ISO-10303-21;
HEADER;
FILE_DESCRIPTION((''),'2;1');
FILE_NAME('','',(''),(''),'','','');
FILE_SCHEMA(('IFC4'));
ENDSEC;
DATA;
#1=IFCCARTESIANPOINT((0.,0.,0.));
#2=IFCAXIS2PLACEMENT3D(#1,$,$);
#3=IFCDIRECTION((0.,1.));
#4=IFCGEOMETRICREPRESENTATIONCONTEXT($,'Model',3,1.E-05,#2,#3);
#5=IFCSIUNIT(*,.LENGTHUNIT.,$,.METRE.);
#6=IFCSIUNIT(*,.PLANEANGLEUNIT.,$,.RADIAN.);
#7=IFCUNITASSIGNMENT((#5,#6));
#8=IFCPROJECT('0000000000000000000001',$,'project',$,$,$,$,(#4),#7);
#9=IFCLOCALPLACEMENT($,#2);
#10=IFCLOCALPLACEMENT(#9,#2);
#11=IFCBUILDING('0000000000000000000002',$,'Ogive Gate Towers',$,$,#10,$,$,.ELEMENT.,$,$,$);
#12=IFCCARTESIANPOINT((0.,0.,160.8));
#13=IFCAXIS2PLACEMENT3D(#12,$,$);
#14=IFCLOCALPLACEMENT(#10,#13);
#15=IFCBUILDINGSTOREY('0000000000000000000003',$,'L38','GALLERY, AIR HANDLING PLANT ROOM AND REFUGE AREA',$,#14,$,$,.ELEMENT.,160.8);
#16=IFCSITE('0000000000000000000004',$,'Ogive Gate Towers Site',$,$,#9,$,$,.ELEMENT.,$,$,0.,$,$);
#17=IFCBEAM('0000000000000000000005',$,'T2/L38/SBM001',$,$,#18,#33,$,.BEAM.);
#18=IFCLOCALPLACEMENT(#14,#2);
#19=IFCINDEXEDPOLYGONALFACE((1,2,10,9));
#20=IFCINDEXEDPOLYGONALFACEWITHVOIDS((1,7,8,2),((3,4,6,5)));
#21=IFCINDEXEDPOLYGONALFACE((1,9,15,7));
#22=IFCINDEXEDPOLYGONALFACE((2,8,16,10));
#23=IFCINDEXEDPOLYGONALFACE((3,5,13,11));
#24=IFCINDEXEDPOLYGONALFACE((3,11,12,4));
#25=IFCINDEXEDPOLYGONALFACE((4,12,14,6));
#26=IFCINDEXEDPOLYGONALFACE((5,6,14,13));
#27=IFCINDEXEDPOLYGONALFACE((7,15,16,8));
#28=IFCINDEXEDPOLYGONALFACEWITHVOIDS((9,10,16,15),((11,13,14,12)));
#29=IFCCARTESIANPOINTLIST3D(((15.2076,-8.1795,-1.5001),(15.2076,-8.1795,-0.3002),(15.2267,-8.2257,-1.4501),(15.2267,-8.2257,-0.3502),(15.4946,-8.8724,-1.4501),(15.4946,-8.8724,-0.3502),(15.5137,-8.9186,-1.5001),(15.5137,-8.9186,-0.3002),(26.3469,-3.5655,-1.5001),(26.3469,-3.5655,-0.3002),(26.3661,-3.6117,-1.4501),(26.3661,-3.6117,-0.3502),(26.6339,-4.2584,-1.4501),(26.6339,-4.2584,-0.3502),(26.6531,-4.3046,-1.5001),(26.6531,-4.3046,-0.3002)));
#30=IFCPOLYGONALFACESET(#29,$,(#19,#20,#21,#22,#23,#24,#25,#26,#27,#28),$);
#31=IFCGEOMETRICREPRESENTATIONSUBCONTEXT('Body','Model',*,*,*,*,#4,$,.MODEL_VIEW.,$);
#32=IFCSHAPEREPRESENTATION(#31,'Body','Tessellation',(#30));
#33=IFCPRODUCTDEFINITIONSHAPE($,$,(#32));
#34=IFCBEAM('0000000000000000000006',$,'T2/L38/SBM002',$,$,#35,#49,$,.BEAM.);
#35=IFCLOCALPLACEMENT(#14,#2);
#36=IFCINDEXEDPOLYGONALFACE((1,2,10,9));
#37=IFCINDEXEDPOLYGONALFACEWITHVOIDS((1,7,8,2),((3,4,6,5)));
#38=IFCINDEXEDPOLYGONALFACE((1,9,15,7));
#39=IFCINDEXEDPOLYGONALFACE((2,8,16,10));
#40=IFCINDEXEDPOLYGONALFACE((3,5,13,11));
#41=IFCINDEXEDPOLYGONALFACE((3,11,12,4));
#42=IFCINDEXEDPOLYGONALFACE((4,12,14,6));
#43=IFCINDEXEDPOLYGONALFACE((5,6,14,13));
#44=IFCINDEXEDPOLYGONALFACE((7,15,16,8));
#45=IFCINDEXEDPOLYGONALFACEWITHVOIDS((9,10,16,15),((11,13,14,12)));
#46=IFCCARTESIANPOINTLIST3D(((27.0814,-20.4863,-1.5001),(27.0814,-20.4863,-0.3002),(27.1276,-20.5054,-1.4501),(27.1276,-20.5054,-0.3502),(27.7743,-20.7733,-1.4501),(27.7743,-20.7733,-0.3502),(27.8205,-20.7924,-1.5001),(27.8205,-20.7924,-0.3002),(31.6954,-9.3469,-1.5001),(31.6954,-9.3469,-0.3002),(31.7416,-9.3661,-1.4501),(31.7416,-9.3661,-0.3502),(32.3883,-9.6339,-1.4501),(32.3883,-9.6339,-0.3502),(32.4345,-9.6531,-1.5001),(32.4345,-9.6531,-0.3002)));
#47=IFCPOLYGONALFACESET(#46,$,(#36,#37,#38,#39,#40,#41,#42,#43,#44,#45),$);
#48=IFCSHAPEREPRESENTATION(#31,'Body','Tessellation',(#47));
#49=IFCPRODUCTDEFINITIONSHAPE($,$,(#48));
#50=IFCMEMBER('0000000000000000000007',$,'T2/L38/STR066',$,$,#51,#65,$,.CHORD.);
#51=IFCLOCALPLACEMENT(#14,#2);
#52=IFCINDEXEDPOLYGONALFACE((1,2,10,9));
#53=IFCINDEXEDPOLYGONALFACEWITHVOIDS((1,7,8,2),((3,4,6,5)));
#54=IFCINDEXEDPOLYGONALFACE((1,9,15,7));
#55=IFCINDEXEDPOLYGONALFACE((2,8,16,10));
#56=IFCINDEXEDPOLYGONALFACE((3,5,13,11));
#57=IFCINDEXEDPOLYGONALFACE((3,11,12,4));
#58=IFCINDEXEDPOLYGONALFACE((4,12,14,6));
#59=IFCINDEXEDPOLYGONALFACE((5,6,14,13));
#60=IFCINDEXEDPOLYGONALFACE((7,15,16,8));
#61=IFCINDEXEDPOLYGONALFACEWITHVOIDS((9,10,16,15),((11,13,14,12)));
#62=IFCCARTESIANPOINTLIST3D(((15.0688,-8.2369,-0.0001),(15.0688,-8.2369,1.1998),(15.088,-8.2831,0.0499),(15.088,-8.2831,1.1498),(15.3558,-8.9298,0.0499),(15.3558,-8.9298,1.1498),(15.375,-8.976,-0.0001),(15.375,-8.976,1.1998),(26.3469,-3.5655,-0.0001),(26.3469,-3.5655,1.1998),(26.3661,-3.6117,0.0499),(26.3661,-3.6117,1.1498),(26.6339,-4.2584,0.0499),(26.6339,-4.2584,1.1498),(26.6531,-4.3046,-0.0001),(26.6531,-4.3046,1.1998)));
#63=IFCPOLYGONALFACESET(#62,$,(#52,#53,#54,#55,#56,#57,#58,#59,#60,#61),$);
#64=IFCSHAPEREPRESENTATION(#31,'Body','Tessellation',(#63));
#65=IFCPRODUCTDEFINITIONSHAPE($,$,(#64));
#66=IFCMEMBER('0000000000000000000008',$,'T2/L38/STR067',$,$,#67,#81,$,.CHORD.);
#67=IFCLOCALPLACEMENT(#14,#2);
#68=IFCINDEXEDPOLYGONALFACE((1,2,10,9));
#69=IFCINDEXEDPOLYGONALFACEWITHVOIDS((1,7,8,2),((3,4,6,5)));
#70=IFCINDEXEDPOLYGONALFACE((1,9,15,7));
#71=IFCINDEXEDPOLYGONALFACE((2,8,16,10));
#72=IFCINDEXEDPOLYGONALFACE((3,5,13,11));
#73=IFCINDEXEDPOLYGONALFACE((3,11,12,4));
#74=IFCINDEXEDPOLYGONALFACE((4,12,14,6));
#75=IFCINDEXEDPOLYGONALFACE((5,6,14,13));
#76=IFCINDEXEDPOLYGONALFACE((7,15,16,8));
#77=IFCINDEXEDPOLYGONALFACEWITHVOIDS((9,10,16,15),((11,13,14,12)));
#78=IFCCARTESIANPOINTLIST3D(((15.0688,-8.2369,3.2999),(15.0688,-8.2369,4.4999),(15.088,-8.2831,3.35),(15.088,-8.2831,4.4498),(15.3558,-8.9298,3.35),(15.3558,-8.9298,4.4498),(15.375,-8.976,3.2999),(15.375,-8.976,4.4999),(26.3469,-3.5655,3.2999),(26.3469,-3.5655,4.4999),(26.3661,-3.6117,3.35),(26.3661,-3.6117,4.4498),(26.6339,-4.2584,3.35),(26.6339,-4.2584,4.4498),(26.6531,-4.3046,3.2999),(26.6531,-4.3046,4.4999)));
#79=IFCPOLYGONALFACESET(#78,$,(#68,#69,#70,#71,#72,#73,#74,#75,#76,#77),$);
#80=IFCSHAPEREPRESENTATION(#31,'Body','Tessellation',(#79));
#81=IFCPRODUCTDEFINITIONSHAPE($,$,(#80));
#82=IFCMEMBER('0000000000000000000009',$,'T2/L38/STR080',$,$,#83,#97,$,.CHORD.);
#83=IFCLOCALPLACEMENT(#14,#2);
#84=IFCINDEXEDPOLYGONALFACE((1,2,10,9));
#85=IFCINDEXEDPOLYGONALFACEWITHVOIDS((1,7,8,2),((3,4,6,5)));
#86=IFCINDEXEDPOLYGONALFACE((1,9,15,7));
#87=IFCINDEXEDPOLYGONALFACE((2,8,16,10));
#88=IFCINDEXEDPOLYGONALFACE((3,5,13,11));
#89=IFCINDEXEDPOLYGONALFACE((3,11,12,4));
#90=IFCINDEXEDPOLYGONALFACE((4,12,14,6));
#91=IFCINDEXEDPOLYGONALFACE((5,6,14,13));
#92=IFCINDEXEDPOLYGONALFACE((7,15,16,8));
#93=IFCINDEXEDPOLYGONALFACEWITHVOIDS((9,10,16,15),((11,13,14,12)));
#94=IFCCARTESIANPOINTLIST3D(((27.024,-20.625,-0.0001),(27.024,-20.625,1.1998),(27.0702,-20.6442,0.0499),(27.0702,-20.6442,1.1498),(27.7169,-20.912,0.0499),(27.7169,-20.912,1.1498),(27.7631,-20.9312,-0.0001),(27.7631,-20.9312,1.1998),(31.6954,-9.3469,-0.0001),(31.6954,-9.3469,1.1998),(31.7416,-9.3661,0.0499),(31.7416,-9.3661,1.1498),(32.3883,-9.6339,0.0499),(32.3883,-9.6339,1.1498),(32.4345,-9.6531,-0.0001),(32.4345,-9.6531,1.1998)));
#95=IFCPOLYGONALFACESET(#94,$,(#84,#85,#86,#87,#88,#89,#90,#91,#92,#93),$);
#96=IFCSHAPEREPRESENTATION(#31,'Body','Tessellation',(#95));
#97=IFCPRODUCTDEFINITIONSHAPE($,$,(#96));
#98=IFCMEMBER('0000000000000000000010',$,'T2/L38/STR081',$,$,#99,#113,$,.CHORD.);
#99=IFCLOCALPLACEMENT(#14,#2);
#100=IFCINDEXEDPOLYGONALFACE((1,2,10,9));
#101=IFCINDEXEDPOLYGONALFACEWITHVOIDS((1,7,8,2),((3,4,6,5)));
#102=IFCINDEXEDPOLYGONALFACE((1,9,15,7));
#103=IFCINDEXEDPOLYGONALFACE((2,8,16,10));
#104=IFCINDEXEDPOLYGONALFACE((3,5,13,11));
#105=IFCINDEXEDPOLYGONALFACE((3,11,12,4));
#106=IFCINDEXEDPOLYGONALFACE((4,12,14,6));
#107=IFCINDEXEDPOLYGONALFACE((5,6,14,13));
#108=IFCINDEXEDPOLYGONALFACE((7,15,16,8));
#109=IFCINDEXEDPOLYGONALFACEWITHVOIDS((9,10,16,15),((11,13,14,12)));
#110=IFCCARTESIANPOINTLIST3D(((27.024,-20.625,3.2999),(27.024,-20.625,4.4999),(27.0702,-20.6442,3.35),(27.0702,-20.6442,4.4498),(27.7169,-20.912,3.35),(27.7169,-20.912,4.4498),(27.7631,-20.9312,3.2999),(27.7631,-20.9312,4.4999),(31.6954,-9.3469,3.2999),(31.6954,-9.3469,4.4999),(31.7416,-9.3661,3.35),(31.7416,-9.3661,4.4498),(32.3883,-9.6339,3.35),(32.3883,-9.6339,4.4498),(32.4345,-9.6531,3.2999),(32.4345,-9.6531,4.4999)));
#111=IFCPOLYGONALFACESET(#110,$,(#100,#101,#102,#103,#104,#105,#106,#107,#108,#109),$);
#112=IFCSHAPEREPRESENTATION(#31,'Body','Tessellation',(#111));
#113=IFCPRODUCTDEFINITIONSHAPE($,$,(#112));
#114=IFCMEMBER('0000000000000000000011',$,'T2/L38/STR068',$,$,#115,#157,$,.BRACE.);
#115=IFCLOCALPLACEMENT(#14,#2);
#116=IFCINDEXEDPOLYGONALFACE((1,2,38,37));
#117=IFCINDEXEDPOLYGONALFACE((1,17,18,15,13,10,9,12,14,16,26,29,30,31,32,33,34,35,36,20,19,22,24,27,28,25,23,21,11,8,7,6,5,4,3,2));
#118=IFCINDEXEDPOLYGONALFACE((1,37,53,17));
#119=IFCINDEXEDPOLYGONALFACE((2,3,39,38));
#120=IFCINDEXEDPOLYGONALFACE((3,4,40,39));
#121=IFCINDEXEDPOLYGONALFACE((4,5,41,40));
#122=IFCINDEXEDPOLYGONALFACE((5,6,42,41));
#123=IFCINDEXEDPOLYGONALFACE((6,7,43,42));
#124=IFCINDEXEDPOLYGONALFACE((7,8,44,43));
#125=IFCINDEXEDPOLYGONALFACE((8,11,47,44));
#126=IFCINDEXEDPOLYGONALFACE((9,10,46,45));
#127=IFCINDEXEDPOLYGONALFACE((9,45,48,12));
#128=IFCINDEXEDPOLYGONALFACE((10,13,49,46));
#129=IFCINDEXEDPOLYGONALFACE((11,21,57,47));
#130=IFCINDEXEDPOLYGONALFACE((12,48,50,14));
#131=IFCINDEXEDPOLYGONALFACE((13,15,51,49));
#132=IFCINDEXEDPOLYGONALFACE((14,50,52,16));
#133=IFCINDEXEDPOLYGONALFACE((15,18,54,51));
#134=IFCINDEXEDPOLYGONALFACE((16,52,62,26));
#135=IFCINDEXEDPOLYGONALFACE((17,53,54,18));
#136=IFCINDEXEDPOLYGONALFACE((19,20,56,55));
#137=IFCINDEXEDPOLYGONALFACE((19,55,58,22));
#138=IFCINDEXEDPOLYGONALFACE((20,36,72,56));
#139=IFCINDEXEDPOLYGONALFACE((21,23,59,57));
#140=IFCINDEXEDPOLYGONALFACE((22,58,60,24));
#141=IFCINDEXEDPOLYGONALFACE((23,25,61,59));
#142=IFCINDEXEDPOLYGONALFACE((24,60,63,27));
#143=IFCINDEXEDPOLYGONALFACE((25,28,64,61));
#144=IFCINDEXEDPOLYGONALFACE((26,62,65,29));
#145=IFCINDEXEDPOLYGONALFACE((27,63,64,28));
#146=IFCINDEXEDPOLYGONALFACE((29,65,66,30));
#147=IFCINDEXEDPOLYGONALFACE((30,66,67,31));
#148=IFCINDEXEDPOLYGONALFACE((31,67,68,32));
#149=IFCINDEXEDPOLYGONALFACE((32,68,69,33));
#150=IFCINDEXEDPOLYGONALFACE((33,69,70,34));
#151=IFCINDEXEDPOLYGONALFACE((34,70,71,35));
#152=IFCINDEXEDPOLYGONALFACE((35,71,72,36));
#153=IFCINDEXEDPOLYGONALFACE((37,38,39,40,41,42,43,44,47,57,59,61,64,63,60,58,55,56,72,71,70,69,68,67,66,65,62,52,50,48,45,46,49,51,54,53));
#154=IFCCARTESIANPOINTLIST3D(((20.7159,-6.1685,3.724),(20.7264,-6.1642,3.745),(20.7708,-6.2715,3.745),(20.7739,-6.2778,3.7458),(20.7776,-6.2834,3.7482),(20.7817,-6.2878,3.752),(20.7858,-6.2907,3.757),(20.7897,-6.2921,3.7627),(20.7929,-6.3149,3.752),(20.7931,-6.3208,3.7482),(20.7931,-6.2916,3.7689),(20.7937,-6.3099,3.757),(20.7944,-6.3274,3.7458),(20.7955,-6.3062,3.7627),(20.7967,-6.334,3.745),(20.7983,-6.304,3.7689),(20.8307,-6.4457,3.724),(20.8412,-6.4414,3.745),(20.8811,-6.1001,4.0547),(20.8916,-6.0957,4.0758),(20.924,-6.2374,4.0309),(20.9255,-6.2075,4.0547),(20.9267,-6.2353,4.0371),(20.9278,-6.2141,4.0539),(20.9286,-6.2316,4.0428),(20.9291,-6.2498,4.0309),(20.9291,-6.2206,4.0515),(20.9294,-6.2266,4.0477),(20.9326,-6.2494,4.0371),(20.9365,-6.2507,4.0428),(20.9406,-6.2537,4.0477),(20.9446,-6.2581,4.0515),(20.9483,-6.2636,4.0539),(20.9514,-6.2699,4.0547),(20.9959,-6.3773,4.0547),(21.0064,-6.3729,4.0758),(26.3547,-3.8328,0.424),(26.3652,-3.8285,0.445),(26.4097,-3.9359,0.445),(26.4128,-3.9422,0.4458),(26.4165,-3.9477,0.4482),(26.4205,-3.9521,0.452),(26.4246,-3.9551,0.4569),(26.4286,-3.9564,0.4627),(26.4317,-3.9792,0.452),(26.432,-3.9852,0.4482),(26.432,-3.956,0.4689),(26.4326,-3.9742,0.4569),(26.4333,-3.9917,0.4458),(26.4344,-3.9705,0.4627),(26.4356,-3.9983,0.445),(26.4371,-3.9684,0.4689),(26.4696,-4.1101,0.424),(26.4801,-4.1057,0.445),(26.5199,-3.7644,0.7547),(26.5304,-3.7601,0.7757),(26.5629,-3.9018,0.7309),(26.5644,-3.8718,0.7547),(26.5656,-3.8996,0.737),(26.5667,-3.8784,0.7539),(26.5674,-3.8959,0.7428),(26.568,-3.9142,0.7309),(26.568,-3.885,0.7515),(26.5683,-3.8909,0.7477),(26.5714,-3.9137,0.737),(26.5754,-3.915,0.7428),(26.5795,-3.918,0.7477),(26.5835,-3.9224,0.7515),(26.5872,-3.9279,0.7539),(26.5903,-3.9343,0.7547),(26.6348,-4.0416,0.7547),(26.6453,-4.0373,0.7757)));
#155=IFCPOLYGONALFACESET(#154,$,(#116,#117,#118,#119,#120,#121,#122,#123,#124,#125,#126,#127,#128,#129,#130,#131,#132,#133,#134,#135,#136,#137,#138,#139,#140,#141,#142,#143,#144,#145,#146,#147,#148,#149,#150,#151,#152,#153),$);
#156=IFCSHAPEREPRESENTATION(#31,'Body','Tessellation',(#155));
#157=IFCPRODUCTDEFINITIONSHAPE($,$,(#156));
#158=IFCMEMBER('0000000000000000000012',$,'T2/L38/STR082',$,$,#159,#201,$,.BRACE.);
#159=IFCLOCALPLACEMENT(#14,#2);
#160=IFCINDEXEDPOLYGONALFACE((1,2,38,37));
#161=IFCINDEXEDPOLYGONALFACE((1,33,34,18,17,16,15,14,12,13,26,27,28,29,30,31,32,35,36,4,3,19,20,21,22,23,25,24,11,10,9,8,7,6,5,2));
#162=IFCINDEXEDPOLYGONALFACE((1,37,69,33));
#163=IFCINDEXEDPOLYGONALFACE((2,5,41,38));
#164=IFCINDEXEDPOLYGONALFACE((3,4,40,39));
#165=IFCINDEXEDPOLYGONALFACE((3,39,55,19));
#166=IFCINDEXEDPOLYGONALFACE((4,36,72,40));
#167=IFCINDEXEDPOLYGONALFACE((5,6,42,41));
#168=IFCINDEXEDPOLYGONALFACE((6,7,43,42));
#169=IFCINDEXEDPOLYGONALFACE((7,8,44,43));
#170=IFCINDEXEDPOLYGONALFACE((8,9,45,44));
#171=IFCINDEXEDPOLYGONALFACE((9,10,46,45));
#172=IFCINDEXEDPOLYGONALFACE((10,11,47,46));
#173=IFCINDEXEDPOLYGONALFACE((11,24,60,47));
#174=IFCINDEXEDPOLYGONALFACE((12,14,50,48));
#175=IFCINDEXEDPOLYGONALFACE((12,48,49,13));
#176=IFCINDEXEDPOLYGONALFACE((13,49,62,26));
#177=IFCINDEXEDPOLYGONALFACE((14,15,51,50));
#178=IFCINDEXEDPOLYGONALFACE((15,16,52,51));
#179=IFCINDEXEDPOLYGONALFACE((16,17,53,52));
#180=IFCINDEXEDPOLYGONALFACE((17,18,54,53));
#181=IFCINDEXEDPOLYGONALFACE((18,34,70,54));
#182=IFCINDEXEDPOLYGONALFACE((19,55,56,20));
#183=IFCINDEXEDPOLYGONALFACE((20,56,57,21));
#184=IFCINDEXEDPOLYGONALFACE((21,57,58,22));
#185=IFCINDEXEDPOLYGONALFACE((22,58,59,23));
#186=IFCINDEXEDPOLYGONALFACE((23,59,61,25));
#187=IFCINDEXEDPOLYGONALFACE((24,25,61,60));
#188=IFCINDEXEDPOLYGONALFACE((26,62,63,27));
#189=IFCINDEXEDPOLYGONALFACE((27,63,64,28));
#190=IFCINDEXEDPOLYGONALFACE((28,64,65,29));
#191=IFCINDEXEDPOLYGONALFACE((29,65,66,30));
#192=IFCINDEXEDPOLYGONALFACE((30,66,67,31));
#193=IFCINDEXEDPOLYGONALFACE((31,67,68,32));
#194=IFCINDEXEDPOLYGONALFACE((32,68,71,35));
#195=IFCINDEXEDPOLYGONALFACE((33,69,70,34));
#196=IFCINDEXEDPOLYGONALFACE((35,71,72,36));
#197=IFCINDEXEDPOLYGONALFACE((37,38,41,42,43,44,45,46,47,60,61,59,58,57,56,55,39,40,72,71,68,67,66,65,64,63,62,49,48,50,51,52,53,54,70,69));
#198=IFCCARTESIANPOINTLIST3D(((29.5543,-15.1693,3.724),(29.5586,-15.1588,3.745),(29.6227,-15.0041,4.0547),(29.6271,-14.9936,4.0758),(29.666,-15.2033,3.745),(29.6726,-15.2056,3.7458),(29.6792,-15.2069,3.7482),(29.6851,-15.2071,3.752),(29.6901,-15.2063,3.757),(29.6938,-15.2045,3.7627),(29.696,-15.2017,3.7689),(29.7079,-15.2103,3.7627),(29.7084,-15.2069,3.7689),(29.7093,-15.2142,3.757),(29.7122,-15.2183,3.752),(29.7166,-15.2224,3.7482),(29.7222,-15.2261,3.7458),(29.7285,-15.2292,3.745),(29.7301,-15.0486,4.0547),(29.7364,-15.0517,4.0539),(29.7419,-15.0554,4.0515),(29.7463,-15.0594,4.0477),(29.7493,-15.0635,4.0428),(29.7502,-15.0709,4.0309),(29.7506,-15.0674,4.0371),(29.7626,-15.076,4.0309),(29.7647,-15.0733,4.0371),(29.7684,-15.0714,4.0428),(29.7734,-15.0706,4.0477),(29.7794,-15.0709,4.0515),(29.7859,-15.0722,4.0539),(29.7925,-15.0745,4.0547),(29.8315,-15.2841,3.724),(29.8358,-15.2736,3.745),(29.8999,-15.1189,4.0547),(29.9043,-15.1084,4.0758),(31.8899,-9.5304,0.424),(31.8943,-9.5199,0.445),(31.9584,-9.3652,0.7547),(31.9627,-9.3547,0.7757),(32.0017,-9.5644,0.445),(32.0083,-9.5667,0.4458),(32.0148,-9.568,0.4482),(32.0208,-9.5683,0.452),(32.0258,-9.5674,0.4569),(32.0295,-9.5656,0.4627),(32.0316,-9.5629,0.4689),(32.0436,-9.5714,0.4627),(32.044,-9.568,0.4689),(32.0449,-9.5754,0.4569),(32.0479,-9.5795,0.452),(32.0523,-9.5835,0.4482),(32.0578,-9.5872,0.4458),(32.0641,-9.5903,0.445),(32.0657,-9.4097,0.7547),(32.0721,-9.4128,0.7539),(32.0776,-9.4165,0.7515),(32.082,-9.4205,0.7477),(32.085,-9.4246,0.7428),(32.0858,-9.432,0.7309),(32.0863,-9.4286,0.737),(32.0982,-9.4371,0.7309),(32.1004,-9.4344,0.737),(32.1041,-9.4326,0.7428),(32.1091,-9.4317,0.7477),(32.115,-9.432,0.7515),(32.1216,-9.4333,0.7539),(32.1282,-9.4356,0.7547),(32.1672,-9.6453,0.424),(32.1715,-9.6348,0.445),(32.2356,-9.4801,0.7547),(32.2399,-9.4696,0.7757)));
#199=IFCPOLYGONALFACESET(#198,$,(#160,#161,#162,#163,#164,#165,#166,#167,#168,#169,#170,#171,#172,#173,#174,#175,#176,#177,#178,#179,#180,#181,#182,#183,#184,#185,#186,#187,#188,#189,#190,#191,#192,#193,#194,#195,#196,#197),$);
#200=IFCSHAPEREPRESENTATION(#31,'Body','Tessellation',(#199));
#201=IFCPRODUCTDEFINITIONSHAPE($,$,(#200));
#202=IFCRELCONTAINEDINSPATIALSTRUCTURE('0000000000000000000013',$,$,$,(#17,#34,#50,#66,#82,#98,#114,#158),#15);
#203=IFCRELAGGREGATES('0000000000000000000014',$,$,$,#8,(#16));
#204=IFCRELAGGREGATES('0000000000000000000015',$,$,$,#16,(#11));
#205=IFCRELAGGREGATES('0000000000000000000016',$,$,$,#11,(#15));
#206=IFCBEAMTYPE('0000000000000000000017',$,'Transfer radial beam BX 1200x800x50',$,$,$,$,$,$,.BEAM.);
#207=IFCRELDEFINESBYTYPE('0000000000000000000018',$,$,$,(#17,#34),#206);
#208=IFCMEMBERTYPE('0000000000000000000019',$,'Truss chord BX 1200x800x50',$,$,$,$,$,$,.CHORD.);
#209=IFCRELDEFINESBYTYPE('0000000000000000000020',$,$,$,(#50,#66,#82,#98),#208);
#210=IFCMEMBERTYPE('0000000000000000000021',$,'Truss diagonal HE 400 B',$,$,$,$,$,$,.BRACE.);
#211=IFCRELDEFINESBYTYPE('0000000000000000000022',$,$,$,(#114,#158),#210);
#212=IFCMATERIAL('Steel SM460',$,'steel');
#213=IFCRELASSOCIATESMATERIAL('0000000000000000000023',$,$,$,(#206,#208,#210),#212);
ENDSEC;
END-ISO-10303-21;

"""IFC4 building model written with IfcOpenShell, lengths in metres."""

from ifc_helpers import new_model, si_unit, direction, frame, origin, origin_2d, place, context, subcontext, project, spatial, hollow_rectangle, i_section, extrude, material, material_profile, profile_set, type_object, element, save


model = new_model("IFC4")

# Units and contexts
model_context = context("Model", 3, precision=1e-05, world=origin(), true_north=direction((0.0, 1.0)))
body_context = subcontext(model_context, "Body", "Model", "MODEL_VIEW")
ifc_project = project(units=[si_unit("LENGTHUNIT", "METRE"), si_unit("PLANEANGLEUNIT", "RADIAN")], contexts=[model_context])

# Site, building, storey
site_placement = place(None, origin())
site = spatial("IfcSite", under=ifc_project, at=site_placement, Name="Ogive Gate Towers Site", CompositionType="ELEMENT", RefElevation=0.0)
building_placement = place(site_placement, origin())
building = spatial("IfcBuilding", under=site, at=building_placement, Name="Ogive Gate Towers", CompositionType="ELEMENT")
storey_placement = place(building_placement, frame((0.0, 0.0, 160.8)))
storey = spatial("IfcBuildingStorey", under=building, at=storey_placement, Name="L38", Description="GALLERY, AIR HANDLING PLANT ROOM AND REFUGE AREA", CompositionType="ELEMENT", Elevation=160.8)

# Beams
ifc_material_1 = material(Name="Steel SM460", Category="steel")
ifc_material_profile_1 = material_profile(ifc_material_1, hollow_rectangle(XDim=0.8, YDim=1.2, WallThickness=0.05, at=origin_2d()), Name="BX 1200x800x50")
ifc_profile_set_1 = profile_set([ifc_material_profile_1], Name="Steel SM460")
beam_type = type_object("IfcBeamType", Name="Transfer radial beam BX 1200x800x50", PredefinedType="BEAM", material=ifc_profile_set_1)
for number, where, z_axis, x_axis, name in (
    (1, (26.5, -3.9351, -0.9001), (-0.923882, -0.382678, 0.0), (0.382678, -0.923882, 0.0), "T2/L38/SBM001"),
    (2, (32.0649, -9.5, -0.9001), (-0.382678, -0.923882, 0.0), (0.923882, -0.382678, 0.0), "T2/L38/SBM002"),
):
    element("IfcBeam", number, at=place(storey_placement, frame(where, z_axis=z_axis, x_axis=x_axis)), inside=storey, type_object=beam_type, Name=name, PredefinedType="BEAM", context=body_context, shape_type="SweptSolid", body=[
        extrude(hollow_rectangle(XDim=0.8, YDim=1.2, WallThickness=0.05, at=origin_2d()), origin(), (0.0, 0.0, 1.0), 12.0571),
    ])

# Members
ifc_material_profile_2 = material_profile(ifc_material_1, hollow_rectangle(XDim=0.8, YDim=1.2, WallThickness=0.05, at=origin_2d()), Name="BX 1200x800x50")
ifc_profile_set_2 = profile_set([ifc_material_profile_2], Name="Steel SM460")
member_type_1 = type_object("IfcMemberType", Name="Truss chord BX 1200x800x50", PredefinedType="CHORD", material=ifc_profile_set_2)
for number, where, z_axis, x_axis, name in (
    (3, (26.5, -3.9351, 0.5999), (-0.923884, -0.382673, 0.0), (0.382673, -0.923884, 0.0), "T2/L38/STR066"),
    (4, (26.5, -3.9351, 3.8999), (-0.923884, -0.382673, 0.0), (0.382673, -0.923884, 0.0), "T2/L38/STR067"),
    (5, (32.0649, -9.5, 0.5999), (-0.382673, -0.923884, 0.0), (0.923884, -0.382673, 0.0), "T2/L38/STR080"),
    (6, (32.0649, -9.5, 3.8999), (-0.382673, -0.923884, 0.0), (0.923884, -0.382673, 0.0), "T2/L38/STR081"),
):
    element("IfcMember", number, at=place(storey_placement, frame(where, z_axis=z_axis, x_axis=x_axis)), inside=storey, type_object=member_type_1, Name=name, PredefinedType="CHORD", context=body_context, shape_type="SweptSolid", body=[
        extrude(hollow_rectangle(XDim=0.8, YDim=1.2, WallThickness=0.05, at=origin_2d()), origin(), (0.0, 0.0, 1.0), 12.2073),
    ])
ifc_material_profile_3 = material_profile(ifc_material_1, i_section(OverallWidth=0.3, OverallDepth=0.3999, WebThickness=0.0134, FlangeThickness=0.0239, FilletRadius=0.0271, at=origin_2d()), Name="HE 400 B")
ifc_profile_set_3 = profile_set([ifc_material_profile_3], Name="Steel SM460")
member_type_2 = type_object("IfcMemberType", Name="Truss diagonal HE 400 B", PredefinedType="BRACE", material=ifc_profile_set_3)
for number, where, z_axis, x_axis, name in (
    (7, (26.5, -3.9351, 0.5999), (-0.812696, -0.336627, 0.475612), (0.38268, -0.923881, 0.0), "T2/L38/STR068"),
    (8, (32.0649, -9.5, 0.5999), (-0.336627, -0.812696, 0.475612), (0.923881, -0.38268, 0.0), "T2/L38/STR082"),
):
    element("IfcMember", number, at=place(storey_placement, frame(where, z_axis=z_axis, x_axis=x_axis)), inside=storey, type_object=member_type_2, Name=name, PredefinedType="BRACE", context=body_context, shape_type="SweptSolid", body=[
        extrude(i_section(OverallWidth=0.3, OverallDepth=0.3999, WebThickness=0.0134, FlangeThickness=0.0239, FilletRadius=0.0271, at=origin_2d()), origin(), (0.0, 0.0, 1.0), 6.9385),
    ])

save(model, "model.ifc")
